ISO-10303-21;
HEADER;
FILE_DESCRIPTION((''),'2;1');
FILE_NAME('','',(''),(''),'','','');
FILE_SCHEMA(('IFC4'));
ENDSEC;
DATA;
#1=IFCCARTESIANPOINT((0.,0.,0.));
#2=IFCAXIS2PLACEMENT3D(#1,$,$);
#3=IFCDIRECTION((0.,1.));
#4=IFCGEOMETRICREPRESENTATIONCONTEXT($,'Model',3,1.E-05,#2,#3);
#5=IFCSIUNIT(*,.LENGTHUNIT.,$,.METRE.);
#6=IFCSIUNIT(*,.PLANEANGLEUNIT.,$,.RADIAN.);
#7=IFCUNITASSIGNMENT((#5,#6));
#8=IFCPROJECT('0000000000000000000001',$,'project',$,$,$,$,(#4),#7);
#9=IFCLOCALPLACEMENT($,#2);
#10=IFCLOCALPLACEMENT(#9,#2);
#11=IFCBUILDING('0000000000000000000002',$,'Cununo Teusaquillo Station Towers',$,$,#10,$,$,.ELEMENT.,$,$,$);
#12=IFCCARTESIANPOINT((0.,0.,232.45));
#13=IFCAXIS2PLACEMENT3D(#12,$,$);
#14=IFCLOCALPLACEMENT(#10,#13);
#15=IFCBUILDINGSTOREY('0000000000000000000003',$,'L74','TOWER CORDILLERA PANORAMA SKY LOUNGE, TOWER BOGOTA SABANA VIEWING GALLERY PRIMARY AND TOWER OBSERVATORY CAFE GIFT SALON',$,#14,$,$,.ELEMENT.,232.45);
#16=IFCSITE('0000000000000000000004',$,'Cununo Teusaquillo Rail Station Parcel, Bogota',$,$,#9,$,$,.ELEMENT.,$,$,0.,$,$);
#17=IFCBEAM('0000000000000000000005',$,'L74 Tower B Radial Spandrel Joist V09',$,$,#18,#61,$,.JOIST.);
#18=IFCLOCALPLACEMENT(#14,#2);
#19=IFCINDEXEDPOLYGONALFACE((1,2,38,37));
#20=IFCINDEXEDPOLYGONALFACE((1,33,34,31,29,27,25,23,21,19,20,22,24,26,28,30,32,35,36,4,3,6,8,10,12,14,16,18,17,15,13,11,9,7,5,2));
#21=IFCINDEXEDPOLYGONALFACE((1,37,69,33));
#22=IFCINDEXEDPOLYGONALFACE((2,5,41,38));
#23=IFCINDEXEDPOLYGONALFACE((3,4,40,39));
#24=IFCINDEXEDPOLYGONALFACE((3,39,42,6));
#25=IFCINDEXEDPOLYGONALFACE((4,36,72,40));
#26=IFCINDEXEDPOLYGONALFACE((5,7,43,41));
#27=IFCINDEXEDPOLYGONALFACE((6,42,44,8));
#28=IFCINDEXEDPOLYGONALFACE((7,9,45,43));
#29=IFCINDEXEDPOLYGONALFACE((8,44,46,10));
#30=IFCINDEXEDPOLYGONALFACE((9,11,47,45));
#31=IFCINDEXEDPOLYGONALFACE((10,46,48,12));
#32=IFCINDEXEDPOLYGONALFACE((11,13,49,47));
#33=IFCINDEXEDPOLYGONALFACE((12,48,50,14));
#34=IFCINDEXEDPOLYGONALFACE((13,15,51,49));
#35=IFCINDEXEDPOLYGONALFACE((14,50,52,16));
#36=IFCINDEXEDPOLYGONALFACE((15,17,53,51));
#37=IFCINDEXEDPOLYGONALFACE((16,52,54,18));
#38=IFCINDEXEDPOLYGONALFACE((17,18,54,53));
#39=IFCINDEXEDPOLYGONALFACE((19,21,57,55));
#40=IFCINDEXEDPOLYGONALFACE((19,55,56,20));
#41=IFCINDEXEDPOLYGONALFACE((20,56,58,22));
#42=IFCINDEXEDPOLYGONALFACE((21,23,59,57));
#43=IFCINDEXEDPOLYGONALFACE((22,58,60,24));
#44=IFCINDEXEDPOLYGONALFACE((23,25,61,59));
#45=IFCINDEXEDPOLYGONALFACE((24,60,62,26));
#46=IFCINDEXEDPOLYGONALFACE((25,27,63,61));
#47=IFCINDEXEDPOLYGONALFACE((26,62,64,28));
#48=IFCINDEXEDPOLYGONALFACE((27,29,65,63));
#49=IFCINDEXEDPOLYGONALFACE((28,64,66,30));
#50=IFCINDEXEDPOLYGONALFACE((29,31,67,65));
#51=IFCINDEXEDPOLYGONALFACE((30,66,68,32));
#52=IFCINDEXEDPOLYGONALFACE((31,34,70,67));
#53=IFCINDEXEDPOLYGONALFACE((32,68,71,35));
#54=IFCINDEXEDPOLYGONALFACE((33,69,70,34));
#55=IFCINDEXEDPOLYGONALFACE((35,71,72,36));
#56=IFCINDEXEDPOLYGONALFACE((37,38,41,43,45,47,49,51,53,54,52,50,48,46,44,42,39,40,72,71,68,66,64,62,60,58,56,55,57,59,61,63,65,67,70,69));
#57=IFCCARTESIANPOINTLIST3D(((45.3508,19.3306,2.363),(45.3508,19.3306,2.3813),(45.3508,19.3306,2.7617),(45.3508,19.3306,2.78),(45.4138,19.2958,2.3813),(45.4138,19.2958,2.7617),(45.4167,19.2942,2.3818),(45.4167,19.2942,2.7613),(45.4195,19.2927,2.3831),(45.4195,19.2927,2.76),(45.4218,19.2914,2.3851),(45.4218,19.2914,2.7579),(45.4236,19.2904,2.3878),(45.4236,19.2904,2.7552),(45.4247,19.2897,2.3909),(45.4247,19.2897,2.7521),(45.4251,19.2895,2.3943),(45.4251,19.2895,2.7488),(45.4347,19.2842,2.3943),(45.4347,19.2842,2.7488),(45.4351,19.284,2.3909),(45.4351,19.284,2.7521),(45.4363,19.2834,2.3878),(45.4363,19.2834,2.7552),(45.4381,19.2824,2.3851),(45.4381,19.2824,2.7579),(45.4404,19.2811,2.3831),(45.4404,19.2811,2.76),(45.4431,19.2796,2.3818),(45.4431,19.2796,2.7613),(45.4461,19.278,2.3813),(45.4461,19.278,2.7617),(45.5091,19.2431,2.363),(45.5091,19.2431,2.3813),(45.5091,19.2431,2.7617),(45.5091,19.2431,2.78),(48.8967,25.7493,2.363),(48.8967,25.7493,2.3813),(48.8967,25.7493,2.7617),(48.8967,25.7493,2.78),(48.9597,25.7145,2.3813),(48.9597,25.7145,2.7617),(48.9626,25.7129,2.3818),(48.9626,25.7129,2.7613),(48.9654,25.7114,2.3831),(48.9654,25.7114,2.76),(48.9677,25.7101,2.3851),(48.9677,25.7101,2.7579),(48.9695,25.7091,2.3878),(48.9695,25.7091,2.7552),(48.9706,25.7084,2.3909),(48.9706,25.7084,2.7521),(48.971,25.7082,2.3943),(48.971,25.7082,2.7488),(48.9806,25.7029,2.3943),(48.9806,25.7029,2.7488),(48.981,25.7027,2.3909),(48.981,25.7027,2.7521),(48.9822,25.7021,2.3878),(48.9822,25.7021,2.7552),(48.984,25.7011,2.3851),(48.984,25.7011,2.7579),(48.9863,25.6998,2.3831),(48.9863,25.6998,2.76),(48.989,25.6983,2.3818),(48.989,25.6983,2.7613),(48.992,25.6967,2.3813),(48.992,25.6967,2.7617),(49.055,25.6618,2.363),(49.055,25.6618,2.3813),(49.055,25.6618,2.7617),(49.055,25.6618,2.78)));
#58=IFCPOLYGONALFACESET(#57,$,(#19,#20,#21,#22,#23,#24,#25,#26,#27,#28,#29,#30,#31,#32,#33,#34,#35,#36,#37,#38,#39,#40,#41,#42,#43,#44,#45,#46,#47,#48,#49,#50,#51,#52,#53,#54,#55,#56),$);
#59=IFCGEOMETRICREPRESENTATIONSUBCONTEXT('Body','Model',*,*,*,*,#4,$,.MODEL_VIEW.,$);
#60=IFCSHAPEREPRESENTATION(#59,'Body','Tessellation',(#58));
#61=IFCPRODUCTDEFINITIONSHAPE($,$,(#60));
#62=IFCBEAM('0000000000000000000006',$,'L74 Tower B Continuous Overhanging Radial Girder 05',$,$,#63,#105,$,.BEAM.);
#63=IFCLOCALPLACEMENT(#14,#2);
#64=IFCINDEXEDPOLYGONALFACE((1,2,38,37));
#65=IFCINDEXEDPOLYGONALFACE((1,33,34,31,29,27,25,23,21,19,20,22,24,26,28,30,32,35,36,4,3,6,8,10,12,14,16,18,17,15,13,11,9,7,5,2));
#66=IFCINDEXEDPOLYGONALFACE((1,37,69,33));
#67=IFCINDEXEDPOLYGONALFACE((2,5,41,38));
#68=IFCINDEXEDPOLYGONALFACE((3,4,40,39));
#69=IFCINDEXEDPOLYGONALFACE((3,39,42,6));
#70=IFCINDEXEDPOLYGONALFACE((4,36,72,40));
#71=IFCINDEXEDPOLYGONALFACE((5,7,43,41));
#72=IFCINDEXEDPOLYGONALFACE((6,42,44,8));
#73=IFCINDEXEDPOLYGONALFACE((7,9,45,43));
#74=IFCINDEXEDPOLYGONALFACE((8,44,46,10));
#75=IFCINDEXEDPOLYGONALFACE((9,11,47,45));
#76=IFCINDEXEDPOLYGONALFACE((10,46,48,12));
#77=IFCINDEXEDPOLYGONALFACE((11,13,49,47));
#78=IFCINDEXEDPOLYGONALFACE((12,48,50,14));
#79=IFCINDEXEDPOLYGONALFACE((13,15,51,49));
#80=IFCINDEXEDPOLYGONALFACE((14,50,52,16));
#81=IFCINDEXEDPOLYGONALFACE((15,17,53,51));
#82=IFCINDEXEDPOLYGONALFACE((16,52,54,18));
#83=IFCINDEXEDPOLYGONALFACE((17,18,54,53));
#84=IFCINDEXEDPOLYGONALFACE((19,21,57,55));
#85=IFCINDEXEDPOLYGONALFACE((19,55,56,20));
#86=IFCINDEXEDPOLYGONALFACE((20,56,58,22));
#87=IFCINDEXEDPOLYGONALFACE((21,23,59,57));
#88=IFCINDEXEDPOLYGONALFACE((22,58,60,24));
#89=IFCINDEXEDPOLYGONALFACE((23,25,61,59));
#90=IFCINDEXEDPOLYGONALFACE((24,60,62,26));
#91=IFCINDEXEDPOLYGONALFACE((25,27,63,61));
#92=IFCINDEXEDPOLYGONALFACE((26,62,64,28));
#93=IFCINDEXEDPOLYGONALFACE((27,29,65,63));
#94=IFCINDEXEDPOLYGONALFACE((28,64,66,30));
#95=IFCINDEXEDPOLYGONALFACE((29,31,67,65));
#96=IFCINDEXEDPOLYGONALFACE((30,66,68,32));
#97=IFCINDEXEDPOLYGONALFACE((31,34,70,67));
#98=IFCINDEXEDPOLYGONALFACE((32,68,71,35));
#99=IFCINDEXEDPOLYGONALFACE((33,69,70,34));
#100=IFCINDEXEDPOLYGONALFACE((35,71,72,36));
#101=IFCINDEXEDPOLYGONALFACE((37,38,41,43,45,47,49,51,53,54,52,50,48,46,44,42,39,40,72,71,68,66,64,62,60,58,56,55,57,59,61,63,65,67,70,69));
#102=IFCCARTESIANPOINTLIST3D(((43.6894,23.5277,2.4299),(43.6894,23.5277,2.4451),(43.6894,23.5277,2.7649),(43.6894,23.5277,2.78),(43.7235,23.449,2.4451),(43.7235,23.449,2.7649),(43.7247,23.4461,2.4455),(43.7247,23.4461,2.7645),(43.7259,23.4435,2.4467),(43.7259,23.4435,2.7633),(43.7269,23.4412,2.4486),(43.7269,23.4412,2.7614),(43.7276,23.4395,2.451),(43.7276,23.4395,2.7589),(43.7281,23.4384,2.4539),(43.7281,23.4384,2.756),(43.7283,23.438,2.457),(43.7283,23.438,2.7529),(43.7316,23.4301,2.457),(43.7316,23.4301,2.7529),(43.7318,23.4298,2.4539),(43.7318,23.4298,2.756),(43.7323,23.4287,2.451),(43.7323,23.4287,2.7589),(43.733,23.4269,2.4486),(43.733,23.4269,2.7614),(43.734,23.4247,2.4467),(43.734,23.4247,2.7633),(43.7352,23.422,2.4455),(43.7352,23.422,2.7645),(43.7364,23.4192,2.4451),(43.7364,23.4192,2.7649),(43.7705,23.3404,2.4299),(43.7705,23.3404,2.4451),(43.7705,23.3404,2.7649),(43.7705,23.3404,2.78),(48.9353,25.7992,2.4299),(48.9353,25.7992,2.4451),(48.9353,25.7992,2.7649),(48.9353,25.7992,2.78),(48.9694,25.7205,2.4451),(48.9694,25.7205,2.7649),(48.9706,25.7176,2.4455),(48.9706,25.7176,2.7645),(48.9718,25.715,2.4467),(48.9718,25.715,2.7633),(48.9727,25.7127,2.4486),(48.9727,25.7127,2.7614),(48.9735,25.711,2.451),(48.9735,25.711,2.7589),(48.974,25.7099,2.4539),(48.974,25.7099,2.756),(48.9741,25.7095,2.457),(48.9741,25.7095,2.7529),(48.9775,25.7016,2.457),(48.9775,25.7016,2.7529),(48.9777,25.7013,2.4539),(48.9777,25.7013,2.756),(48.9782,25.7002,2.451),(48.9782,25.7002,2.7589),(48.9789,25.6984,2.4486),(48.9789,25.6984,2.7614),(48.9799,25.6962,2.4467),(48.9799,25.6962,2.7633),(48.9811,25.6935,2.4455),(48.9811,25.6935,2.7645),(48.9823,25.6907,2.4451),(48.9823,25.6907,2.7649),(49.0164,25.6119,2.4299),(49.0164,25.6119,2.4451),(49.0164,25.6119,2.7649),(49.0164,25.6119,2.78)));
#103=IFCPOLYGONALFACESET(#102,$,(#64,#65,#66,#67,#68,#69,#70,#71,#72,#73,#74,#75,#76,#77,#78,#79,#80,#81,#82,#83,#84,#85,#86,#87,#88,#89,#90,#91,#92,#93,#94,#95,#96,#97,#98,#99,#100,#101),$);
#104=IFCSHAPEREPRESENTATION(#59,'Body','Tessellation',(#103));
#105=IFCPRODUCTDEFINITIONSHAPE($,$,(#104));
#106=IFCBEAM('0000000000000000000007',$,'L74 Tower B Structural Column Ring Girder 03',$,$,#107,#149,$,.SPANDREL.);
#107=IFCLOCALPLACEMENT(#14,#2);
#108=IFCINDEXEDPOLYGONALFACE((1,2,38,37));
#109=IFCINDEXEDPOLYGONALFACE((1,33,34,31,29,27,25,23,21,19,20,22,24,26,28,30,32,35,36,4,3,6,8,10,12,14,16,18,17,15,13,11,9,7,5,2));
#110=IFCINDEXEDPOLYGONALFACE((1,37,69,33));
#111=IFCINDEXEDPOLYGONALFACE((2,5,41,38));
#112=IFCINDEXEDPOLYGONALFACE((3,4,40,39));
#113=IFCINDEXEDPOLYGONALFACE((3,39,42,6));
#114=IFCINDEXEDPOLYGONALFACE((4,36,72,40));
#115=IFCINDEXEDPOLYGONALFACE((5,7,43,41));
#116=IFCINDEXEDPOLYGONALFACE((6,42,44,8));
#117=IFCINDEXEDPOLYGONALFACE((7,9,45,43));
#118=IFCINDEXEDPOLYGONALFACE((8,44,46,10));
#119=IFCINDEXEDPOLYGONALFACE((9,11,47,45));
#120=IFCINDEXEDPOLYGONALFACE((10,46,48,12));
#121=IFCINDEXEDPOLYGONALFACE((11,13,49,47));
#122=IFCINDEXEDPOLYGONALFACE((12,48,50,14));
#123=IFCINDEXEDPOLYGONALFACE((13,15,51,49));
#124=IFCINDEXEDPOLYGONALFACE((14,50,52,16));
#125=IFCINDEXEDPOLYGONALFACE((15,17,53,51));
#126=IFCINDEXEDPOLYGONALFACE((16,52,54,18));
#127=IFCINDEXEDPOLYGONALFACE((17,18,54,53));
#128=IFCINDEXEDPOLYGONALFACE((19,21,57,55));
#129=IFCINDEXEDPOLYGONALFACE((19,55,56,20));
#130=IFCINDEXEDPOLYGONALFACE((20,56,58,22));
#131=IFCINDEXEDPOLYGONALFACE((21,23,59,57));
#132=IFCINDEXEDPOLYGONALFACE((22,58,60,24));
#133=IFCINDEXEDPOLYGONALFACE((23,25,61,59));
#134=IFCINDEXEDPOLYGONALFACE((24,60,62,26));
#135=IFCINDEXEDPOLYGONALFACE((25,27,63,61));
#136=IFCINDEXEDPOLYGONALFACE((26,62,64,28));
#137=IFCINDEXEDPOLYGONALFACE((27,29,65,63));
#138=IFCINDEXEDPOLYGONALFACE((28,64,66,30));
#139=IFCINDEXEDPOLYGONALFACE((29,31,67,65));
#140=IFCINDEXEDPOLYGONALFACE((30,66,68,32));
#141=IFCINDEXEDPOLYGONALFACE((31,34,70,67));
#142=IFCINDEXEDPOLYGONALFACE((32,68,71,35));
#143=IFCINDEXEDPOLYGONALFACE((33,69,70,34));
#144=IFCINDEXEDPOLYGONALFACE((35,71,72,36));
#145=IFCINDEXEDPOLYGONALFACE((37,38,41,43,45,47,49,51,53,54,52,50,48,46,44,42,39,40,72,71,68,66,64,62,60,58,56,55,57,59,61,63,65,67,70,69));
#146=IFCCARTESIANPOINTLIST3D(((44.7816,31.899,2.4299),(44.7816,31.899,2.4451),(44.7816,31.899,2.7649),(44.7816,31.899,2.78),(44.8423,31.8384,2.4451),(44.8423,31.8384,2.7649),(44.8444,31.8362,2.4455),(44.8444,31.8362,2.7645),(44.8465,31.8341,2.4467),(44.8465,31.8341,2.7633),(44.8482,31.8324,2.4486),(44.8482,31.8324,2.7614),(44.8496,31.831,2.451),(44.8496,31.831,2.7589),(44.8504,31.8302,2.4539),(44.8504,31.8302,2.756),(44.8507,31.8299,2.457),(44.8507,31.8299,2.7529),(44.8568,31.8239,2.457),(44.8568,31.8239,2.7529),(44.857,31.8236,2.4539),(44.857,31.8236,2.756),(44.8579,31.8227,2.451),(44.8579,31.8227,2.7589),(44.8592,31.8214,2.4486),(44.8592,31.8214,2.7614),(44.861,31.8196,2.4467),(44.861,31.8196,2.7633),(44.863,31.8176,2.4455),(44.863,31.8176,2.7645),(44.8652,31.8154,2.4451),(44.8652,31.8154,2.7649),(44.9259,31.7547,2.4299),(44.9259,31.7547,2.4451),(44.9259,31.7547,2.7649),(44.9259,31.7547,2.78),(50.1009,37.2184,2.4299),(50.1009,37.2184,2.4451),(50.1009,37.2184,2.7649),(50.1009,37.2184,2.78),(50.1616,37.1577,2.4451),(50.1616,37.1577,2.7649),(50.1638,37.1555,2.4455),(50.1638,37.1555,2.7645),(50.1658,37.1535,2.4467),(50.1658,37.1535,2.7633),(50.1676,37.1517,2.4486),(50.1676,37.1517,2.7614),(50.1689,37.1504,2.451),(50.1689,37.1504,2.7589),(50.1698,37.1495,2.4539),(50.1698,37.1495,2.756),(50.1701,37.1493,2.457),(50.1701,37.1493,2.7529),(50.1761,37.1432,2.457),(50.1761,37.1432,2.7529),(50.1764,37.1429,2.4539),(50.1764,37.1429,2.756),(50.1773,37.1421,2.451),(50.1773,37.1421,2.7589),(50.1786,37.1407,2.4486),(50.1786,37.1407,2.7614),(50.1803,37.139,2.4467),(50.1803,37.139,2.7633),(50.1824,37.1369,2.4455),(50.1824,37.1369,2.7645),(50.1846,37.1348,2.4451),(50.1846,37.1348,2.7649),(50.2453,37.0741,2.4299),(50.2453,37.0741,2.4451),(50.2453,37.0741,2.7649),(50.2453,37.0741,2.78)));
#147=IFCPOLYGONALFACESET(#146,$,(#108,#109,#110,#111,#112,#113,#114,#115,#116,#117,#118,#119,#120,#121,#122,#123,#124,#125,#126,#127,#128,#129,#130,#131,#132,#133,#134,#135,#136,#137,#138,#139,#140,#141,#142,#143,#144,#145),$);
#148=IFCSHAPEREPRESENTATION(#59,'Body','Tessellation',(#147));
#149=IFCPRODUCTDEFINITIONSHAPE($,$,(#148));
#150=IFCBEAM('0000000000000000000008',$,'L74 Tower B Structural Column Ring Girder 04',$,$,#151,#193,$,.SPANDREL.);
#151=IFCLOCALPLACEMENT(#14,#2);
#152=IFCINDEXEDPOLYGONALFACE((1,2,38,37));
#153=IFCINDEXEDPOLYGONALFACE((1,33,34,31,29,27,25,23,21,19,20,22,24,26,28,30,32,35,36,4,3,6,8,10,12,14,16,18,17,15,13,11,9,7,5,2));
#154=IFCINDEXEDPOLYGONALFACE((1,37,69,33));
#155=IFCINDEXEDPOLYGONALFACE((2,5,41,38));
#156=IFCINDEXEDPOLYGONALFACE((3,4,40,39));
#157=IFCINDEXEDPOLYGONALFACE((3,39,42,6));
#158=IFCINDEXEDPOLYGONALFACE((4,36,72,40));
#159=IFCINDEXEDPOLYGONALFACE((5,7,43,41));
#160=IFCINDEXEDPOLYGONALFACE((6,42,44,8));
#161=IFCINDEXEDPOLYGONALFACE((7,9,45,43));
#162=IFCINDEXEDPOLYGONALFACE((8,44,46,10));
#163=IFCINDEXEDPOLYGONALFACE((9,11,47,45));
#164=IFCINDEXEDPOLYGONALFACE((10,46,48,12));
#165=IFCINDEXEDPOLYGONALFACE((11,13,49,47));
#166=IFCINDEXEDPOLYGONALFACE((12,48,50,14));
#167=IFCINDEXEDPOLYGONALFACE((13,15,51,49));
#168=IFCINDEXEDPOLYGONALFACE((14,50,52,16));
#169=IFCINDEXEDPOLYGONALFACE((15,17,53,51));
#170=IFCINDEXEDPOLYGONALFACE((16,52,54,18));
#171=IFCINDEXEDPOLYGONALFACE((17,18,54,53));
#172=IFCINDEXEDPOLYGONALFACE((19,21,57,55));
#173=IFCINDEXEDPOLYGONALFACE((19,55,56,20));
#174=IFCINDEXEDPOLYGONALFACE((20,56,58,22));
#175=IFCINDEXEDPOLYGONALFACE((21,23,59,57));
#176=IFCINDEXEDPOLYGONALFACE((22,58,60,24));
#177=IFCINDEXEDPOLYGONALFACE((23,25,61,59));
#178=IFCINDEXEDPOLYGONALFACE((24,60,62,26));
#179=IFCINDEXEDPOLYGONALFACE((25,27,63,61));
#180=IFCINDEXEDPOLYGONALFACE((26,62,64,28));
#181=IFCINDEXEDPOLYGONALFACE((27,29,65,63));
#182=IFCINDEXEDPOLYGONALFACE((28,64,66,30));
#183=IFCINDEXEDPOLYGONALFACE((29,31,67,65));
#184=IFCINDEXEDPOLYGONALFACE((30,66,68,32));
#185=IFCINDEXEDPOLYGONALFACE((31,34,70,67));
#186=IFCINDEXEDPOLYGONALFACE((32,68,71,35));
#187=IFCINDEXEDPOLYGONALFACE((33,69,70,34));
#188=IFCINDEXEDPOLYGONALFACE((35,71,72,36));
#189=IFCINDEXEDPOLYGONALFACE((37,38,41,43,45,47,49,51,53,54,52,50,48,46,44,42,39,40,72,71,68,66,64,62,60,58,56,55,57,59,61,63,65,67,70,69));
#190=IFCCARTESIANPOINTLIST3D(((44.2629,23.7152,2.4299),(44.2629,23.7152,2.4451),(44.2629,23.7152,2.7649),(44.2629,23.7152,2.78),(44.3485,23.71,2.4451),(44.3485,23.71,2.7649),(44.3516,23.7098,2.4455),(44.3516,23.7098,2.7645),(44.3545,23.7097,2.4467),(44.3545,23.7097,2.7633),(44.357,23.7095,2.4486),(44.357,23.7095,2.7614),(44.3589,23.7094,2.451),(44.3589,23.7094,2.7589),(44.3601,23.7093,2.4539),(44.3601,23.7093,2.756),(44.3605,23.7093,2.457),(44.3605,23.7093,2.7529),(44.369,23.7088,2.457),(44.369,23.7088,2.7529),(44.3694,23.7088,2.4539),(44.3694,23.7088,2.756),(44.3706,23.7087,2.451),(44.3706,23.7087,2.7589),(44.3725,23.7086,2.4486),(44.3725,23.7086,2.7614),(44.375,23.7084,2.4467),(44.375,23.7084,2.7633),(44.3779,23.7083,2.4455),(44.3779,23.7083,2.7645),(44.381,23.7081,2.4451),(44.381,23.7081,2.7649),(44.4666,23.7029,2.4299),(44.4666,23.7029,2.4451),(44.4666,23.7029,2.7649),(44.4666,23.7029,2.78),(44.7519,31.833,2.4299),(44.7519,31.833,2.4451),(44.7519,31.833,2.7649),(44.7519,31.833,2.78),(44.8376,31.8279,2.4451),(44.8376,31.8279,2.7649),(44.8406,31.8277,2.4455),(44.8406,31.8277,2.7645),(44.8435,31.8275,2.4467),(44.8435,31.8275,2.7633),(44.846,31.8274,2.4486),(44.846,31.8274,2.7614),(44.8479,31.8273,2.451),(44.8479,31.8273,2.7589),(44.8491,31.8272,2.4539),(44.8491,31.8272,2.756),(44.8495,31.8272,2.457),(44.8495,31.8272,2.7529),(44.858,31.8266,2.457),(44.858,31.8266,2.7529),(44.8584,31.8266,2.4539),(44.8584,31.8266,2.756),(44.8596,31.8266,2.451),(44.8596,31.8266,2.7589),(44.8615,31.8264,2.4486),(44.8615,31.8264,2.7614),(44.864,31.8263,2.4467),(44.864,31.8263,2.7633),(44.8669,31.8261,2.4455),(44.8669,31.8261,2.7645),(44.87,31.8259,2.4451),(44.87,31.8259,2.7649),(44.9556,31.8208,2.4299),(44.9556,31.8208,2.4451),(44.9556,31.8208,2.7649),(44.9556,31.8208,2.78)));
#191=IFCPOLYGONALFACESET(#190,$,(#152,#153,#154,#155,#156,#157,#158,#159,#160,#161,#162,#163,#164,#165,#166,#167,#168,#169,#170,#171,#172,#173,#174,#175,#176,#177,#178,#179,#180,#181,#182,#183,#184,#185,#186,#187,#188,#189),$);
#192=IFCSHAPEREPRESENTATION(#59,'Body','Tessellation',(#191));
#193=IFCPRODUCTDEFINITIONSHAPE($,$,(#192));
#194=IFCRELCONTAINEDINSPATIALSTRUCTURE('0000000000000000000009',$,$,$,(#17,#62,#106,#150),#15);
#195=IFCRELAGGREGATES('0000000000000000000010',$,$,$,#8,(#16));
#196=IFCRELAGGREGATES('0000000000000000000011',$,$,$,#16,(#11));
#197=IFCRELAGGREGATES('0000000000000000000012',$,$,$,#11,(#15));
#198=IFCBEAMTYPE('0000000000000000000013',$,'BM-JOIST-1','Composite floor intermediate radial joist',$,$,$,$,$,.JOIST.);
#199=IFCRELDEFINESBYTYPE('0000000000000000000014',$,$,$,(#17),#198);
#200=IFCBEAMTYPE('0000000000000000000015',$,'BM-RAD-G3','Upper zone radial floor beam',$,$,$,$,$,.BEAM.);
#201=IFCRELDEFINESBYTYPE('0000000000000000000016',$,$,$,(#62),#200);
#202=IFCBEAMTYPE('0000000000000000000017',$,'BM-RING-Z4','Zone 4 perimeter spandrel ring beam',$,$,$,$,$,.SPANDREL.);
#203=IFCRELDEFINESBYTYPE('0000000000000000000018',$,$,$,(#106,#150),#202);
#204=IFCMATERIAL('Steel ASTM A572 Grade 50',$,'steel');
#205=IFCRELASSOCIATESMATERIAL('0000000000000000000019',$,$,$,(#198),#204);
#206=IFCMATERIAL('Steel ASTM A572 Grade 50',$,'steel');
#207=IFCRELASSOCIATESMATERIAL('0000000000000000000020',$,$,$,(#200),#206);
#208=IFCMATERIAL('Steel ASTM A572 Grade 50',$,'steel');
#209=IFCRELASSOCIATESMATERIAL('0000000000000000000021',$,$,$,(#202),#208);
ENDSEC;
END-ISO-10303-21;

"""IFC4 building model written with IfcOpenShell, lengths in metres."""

from ifc_helpers import new_model, si_unit, direction, frame, origin, origin_2d, place, context, subcontext, project, spatial, i_section, extrude, material, material_profile, profile_set, type_object, element, save


model = new_model("IFC4")

# Units and contexts
model_context = context("Model", 3, precision=1e-05, world=origin(), true_north=direction((0.0, 1.0)))
body_context = subcontext(model_context, "Body", "Model", "MODEL_VIEW")
ifc_project = project(units=[si_unit("LENGTHUNIT", "METRE"), si_unit("PLANEANGLEUNIT", "RADIAN")], contexts=[model_context])

# Site, building, storey
site_placement = place(None, origin())
site = spatial("IfcSite", under=ifc_project, at=site_placement, Name="Cununo Teusaquillo Rail Station Parcel, Bogota", CompositionType="ELEMENT", RefElevation=0.0)
building_placement = place(site_placement, origin())
building = spatial("IfcBuilding", under=site, at=building_placement, Name="Cununo Teusaquillo Station Towers", CompositionType="ELEMENT")
storey_placement = place(building_placement, frame((0.0, 0.0, 232.45)))
storey = spatial("IfcBuildingStorey", under=building, at=storey_placement, Name="L74", Description="TOWER CORDILLERA PANORAMA SKY LOUNGE, TOWER BOGOTA SABANA VIEWING GALLERY PRIMARY AND TOWER OBSERVATORY CAFE GIFT SALON", CompositionType="ELEMENT", Elevation=232.45)

# Beams
ifc_material_1 = material(Name="Steel ASTM A572 Grade 50", Category="steel")
ifc_material_profile_1 = material_profile(ifc_material_1, i_section(OverallWidth=0.1809, OverallDepth=0.417, WebThickness=0.011, FlangeThickness=0.0183, FilletRadius=0.0129, at=origin_2d()), Name="W16X57")
ifc_profile_set_1 = profile_set([ifc_material_profile_1], Name="Steel ASTM A572 Grade 50")
beam_type_1 = type_object("IfcBeamType", Name="BM-JOIST-1", Description="Composite floor intermediate radial joist", PredefinedType="JOIST", material=ifc_profile_set_1)
beam_1_placement = place(storey_placement, frame((48.9758, 25.7056, 2.5715), z_axis=(-0.483553, -0.875315, 0.0), x_axis=(0.875315, -0.483553, 0.0)))
element("IfcBeam", 1, at=beam_1_placement, inside=storey, type_object=beam_type_1, Name="L74 Tower B Radial Spandrel Joist V09", PredefinedType="JOIST", context=body_context, shape_type="SweptSolid", body=[
    extrude(i_section(OverallWidth=0.1809, OverallDepth=0.417, WebThickness=0.011, FlangeThickness=0.0183, FilletRadius=0.0129, at=origin_2d()), origin(), (0.0, 0.0, 1.0), 7.333),
])
ifc_material_2 = material(Name="Steel ASTM A572 Grade 50", Category="steel")
ifc_material_profile_2 = material_profile(ifc_material_2, i_section(OverallWidth=0.2041, OverallDepth=0.3501, WebThickness=0.0085, FlangeThickness=0.0151, FilletRadius=0.012, at=origin_2d()), Name="W14X48")
ifc_profile_set_2 = profile_set([ifc_material_profile_2], Name="Steel ASTM A572 Grade 50")
beam_type_2 = type_object("IfcBeamType", Name="BM-RAD-G3", Description="Upper zone radial floor beam", PredefinedType="BEAM", material=ifc_profile_set_2)
beam_2_placement = place(storey_placement, frame((48.9758, 25.7056, 2.605), z_axis=(-0.917665, -0.397355, 0.0), x_axis=(0.397355, -0.917665, 0.0)))
element("IfcBeam", 2, at=beam_2_placement, inside=storey, type_object=beam_type_2, Name="L74 Tower B Continuous Overhanging Radial Girder 05", PredefinedType="BEAM", context=body_context, shape_type="SweptSolid", body=[
    extrude(i_section(OverallWidth=0.2041, OverallDepth=0.3501, WebThickness=0.0085, FlangeThickness=0.0151, FilletRadius=0.012, at=origin_2d()), origin(), (0.0, 0.0, 1.0), 5.7166),
])
ifc_material_3 = material(Name="Steel ASTM A572 Grade 50", Category="steel")
ifc_material_profile_3 = material_profile(ifc_material_3, i_section(OverallWidth=0.2041, OverallDepth=0.3501, WebThickness=0.0085, FlangeThickness=0.0151, FilletRadius=0.012, at=origin_2d()), Name="W14X48")
ifc_profile_set_3 = profile_set([ifc_material_profile_3], Name="Steel ASTM A572 Grade 50")
beam_type_3 = type_object("IfcBeamType", Name="BM-RING-Z4", Description="Zone 4 perimeter spandrel ring beam", PredefinedType="SPANDREL", material=ifc_profile_set_3)
beam_3_placement = place(storey_placement, frame((50.1731, 37.1462, 2.605), z_axis=(-0.707107, -0.707107, 0.0), x_axis=(0.707107, -0.707107, 0.0)))
element("IfcBeam", 3, at=beam_3_placement, inside=storey, type_object=beam_type_3, Name="L74 Tower B Structural Column Ring Girder 03", PredefinedType="SPANDREL", context=body_context, shape_type="SweptSolid", body=[
    extrude(i_section(OverallWidth=0.2041, OverallDepth=0.3501, WebThickness=0.0085, FlangeThickness=0.0151, FilletRadius=0.012, at=origin_2d()), origin(), (0.0, 0.0, 1.0), 7.5227),
])
beam_4_placement = place(storey_placement, frame((44.8538, 31.8269, 2.605), z_axis=(-0.06013, -0.998191, 0.0), x_axis=(0.998191, -0.06013, 0.0)))
element("IfcBeam", 4, at=beam_4_placement, inside=storey, type_object=beam_type_3, Name="L74 Tower B Structural Column Ring Girder 04", PredefinedType="SPANDREL", context=body_context, shape_type="SweptSolid", body=[
    extrude(i_section(OverallWidth=0.2041, OverallDepth=0.3501, WebThickness=0.0085, FlangeThickness=0.0151, FilletRadius=0.012, at=origin_2d()), origin(), (0.0, 0.0, 1.0), 8.1326),
])

save(model, "model.ifc")
